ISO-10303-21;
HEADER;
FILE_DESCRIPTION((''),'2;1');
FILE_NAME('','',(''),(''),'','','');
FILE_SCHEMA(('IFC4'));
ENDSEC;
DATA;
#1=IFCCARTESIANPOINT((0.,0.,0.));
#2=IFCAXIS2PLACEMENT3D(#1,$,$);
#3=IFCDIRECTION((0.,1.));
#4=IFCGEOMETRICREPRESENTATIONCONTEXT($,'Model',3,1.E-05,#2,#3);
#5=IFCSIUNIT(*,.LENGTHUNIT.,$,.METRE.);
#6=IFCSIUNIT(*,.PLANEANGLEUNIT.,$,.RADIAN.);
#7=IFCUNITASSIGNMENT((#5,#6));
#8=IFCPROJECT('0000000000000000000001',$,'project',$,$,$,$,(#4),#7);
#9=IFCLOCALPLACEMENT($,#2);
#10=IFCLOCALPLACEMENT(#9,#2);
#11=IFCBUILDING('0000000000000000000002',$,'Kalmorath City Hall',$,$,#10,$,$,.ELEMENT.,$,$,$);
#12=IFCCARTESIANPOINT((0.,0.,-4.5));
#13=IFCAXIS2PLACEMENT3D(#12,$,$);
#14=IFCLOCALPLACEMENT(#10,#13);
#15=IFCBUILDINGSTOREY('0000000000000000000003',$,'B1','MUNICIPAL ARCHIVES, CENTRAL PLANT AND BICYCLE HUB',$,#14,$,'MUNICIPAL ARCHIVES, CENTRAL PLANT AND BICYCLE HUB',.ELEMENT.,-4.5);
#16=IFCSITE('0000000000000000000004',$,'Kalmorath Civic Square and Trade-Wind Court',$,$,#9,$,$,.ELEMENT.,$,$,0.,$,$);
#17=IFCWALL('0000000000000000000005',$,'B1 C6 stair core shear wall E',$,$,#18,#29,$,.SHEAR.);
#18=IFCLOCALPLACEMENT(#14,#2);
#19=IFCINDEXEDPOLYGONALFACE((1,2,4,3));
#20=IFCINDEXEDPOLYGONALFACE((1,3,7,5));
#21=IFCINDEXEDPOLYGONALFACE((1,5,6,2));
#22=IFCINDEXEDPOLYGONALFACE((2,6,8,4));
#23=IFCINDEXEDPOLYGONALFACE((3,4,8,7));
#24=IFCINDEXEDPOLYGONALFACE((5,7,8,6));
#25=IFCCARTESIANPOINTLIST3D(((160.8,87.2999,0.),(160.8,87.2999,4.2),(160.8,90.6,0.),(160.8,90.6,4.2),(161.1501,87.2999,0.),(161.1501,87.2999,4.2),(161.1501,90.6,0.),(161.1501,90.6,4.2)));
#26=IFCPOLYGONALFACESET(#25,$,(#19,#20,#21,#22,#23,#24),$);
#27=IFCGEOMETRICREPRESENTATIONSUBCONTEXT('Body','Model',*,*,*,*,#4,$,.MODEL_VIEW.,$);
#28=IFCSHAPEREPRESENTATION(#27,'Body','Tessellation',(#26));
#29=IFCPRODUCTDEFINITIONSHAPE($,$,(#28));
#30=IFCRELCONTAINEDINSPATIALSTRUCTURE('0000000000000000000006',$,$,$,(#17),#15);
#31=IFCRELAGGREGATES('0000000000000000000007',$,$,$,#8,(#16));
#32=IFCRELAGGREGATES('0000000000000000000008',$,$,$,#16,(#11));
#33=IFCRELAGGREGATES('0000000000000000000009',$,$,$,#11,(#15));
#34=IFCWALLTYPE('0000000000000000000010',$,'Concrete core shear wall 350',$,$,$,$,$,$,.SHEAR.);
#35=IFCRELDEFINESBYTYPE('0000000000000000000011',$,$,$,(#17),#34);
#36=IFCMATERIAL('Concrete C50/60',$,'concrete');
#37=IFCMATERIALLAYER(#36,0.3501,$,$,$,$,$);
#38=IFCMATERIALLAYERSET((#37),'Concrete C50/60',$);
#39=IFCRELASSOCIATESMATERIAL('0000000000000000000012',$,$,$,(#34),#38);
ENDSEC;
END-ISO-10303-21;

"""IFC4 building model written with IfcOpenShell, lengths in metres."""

from ifc_helpers import new_model, si_unit, direction, frame, frame_2d, origin, place, context, subcontext, project, spatial, rectangle, extrude, material, layer, layer_set, type_object, element, save


model = new_model("IFC4")

# Units and contexts
model_context = context("Model", 3, precision=1e-05, world=origin(), true_north=direction((0.0, 1.0)))
body_context = subcontext(model_context, "Body", "Model", "MODEL_VIEW")
ifc_project = project(units=[si_unit("LENGTHUNIT", "METRE"), si_unit("PLANEANGLEUNIT", "RADIAN")], contexts=[model_context])

# Site, building, storey
site_placement = place(None, origin())
site = spatial("IfcSite", under=ifc_project, at=site_placement, Name="Kalmorath Civic Square and Trade-Wind Court", CompositionType="ELEMENT", RefElevation=0.0)
building_placement = place(site_placement, origin())
building = spatial("IfcBuilding", under=site, at=building_placement, Name="Kalmorath City Hall", CompositionType="ELEMENT")
storey_placement = place(building_placement, frame((0.0, 0.0, -4.5)))
storey = spatial("IfcBuildingStorey", under=building, at=storey_placement, Name="B1", Description="MUNICIPAL ARCHIVES, CENTRAL PLANT AND BICYCLE HUB", LongName="MUNICIPAL ARCHIVES, CENTRAL PLANT AND BICYCLE HUB", CompositionType="ELEMENT", Elevation=-4.5)

# Wall
ifc_material_1 = material(Name="Concrete C50/60", Category="concrete")
ifc_layer = layer(ifc_material_1, 0.3501)
ifc_layer_set = layer_set([ifc_layer], Name="Concrete C50/60")
wall_type = type_object("IfcWallType", Name="Concrete core shear wall 350", PredefinedType="SHEAR", material=ifc_layer_set)
wall_1_placement = place(storey_placement, frame((160.9751, 87.3, 0.0), z_axis=(0.0, 0.0, 1.0), x_axis=(0.0, 1.0, 0.0)))
element("IfcWall", 1, at=wall_1_placement, inside=storey, type_object=wall_type, Name="B1 C6 stair core shear wall E", PredefinedType="SHEAR", context=body_context, shape_type="SweptSolid", body=[
    extrude(rectangle(XDim=3.3, YDim=0.3501, at=frame_2d((1.6499, 0.0))), origin(), (0.0, 0.0, 1.0), 4.2),
])

save(model, "model.ifc")
